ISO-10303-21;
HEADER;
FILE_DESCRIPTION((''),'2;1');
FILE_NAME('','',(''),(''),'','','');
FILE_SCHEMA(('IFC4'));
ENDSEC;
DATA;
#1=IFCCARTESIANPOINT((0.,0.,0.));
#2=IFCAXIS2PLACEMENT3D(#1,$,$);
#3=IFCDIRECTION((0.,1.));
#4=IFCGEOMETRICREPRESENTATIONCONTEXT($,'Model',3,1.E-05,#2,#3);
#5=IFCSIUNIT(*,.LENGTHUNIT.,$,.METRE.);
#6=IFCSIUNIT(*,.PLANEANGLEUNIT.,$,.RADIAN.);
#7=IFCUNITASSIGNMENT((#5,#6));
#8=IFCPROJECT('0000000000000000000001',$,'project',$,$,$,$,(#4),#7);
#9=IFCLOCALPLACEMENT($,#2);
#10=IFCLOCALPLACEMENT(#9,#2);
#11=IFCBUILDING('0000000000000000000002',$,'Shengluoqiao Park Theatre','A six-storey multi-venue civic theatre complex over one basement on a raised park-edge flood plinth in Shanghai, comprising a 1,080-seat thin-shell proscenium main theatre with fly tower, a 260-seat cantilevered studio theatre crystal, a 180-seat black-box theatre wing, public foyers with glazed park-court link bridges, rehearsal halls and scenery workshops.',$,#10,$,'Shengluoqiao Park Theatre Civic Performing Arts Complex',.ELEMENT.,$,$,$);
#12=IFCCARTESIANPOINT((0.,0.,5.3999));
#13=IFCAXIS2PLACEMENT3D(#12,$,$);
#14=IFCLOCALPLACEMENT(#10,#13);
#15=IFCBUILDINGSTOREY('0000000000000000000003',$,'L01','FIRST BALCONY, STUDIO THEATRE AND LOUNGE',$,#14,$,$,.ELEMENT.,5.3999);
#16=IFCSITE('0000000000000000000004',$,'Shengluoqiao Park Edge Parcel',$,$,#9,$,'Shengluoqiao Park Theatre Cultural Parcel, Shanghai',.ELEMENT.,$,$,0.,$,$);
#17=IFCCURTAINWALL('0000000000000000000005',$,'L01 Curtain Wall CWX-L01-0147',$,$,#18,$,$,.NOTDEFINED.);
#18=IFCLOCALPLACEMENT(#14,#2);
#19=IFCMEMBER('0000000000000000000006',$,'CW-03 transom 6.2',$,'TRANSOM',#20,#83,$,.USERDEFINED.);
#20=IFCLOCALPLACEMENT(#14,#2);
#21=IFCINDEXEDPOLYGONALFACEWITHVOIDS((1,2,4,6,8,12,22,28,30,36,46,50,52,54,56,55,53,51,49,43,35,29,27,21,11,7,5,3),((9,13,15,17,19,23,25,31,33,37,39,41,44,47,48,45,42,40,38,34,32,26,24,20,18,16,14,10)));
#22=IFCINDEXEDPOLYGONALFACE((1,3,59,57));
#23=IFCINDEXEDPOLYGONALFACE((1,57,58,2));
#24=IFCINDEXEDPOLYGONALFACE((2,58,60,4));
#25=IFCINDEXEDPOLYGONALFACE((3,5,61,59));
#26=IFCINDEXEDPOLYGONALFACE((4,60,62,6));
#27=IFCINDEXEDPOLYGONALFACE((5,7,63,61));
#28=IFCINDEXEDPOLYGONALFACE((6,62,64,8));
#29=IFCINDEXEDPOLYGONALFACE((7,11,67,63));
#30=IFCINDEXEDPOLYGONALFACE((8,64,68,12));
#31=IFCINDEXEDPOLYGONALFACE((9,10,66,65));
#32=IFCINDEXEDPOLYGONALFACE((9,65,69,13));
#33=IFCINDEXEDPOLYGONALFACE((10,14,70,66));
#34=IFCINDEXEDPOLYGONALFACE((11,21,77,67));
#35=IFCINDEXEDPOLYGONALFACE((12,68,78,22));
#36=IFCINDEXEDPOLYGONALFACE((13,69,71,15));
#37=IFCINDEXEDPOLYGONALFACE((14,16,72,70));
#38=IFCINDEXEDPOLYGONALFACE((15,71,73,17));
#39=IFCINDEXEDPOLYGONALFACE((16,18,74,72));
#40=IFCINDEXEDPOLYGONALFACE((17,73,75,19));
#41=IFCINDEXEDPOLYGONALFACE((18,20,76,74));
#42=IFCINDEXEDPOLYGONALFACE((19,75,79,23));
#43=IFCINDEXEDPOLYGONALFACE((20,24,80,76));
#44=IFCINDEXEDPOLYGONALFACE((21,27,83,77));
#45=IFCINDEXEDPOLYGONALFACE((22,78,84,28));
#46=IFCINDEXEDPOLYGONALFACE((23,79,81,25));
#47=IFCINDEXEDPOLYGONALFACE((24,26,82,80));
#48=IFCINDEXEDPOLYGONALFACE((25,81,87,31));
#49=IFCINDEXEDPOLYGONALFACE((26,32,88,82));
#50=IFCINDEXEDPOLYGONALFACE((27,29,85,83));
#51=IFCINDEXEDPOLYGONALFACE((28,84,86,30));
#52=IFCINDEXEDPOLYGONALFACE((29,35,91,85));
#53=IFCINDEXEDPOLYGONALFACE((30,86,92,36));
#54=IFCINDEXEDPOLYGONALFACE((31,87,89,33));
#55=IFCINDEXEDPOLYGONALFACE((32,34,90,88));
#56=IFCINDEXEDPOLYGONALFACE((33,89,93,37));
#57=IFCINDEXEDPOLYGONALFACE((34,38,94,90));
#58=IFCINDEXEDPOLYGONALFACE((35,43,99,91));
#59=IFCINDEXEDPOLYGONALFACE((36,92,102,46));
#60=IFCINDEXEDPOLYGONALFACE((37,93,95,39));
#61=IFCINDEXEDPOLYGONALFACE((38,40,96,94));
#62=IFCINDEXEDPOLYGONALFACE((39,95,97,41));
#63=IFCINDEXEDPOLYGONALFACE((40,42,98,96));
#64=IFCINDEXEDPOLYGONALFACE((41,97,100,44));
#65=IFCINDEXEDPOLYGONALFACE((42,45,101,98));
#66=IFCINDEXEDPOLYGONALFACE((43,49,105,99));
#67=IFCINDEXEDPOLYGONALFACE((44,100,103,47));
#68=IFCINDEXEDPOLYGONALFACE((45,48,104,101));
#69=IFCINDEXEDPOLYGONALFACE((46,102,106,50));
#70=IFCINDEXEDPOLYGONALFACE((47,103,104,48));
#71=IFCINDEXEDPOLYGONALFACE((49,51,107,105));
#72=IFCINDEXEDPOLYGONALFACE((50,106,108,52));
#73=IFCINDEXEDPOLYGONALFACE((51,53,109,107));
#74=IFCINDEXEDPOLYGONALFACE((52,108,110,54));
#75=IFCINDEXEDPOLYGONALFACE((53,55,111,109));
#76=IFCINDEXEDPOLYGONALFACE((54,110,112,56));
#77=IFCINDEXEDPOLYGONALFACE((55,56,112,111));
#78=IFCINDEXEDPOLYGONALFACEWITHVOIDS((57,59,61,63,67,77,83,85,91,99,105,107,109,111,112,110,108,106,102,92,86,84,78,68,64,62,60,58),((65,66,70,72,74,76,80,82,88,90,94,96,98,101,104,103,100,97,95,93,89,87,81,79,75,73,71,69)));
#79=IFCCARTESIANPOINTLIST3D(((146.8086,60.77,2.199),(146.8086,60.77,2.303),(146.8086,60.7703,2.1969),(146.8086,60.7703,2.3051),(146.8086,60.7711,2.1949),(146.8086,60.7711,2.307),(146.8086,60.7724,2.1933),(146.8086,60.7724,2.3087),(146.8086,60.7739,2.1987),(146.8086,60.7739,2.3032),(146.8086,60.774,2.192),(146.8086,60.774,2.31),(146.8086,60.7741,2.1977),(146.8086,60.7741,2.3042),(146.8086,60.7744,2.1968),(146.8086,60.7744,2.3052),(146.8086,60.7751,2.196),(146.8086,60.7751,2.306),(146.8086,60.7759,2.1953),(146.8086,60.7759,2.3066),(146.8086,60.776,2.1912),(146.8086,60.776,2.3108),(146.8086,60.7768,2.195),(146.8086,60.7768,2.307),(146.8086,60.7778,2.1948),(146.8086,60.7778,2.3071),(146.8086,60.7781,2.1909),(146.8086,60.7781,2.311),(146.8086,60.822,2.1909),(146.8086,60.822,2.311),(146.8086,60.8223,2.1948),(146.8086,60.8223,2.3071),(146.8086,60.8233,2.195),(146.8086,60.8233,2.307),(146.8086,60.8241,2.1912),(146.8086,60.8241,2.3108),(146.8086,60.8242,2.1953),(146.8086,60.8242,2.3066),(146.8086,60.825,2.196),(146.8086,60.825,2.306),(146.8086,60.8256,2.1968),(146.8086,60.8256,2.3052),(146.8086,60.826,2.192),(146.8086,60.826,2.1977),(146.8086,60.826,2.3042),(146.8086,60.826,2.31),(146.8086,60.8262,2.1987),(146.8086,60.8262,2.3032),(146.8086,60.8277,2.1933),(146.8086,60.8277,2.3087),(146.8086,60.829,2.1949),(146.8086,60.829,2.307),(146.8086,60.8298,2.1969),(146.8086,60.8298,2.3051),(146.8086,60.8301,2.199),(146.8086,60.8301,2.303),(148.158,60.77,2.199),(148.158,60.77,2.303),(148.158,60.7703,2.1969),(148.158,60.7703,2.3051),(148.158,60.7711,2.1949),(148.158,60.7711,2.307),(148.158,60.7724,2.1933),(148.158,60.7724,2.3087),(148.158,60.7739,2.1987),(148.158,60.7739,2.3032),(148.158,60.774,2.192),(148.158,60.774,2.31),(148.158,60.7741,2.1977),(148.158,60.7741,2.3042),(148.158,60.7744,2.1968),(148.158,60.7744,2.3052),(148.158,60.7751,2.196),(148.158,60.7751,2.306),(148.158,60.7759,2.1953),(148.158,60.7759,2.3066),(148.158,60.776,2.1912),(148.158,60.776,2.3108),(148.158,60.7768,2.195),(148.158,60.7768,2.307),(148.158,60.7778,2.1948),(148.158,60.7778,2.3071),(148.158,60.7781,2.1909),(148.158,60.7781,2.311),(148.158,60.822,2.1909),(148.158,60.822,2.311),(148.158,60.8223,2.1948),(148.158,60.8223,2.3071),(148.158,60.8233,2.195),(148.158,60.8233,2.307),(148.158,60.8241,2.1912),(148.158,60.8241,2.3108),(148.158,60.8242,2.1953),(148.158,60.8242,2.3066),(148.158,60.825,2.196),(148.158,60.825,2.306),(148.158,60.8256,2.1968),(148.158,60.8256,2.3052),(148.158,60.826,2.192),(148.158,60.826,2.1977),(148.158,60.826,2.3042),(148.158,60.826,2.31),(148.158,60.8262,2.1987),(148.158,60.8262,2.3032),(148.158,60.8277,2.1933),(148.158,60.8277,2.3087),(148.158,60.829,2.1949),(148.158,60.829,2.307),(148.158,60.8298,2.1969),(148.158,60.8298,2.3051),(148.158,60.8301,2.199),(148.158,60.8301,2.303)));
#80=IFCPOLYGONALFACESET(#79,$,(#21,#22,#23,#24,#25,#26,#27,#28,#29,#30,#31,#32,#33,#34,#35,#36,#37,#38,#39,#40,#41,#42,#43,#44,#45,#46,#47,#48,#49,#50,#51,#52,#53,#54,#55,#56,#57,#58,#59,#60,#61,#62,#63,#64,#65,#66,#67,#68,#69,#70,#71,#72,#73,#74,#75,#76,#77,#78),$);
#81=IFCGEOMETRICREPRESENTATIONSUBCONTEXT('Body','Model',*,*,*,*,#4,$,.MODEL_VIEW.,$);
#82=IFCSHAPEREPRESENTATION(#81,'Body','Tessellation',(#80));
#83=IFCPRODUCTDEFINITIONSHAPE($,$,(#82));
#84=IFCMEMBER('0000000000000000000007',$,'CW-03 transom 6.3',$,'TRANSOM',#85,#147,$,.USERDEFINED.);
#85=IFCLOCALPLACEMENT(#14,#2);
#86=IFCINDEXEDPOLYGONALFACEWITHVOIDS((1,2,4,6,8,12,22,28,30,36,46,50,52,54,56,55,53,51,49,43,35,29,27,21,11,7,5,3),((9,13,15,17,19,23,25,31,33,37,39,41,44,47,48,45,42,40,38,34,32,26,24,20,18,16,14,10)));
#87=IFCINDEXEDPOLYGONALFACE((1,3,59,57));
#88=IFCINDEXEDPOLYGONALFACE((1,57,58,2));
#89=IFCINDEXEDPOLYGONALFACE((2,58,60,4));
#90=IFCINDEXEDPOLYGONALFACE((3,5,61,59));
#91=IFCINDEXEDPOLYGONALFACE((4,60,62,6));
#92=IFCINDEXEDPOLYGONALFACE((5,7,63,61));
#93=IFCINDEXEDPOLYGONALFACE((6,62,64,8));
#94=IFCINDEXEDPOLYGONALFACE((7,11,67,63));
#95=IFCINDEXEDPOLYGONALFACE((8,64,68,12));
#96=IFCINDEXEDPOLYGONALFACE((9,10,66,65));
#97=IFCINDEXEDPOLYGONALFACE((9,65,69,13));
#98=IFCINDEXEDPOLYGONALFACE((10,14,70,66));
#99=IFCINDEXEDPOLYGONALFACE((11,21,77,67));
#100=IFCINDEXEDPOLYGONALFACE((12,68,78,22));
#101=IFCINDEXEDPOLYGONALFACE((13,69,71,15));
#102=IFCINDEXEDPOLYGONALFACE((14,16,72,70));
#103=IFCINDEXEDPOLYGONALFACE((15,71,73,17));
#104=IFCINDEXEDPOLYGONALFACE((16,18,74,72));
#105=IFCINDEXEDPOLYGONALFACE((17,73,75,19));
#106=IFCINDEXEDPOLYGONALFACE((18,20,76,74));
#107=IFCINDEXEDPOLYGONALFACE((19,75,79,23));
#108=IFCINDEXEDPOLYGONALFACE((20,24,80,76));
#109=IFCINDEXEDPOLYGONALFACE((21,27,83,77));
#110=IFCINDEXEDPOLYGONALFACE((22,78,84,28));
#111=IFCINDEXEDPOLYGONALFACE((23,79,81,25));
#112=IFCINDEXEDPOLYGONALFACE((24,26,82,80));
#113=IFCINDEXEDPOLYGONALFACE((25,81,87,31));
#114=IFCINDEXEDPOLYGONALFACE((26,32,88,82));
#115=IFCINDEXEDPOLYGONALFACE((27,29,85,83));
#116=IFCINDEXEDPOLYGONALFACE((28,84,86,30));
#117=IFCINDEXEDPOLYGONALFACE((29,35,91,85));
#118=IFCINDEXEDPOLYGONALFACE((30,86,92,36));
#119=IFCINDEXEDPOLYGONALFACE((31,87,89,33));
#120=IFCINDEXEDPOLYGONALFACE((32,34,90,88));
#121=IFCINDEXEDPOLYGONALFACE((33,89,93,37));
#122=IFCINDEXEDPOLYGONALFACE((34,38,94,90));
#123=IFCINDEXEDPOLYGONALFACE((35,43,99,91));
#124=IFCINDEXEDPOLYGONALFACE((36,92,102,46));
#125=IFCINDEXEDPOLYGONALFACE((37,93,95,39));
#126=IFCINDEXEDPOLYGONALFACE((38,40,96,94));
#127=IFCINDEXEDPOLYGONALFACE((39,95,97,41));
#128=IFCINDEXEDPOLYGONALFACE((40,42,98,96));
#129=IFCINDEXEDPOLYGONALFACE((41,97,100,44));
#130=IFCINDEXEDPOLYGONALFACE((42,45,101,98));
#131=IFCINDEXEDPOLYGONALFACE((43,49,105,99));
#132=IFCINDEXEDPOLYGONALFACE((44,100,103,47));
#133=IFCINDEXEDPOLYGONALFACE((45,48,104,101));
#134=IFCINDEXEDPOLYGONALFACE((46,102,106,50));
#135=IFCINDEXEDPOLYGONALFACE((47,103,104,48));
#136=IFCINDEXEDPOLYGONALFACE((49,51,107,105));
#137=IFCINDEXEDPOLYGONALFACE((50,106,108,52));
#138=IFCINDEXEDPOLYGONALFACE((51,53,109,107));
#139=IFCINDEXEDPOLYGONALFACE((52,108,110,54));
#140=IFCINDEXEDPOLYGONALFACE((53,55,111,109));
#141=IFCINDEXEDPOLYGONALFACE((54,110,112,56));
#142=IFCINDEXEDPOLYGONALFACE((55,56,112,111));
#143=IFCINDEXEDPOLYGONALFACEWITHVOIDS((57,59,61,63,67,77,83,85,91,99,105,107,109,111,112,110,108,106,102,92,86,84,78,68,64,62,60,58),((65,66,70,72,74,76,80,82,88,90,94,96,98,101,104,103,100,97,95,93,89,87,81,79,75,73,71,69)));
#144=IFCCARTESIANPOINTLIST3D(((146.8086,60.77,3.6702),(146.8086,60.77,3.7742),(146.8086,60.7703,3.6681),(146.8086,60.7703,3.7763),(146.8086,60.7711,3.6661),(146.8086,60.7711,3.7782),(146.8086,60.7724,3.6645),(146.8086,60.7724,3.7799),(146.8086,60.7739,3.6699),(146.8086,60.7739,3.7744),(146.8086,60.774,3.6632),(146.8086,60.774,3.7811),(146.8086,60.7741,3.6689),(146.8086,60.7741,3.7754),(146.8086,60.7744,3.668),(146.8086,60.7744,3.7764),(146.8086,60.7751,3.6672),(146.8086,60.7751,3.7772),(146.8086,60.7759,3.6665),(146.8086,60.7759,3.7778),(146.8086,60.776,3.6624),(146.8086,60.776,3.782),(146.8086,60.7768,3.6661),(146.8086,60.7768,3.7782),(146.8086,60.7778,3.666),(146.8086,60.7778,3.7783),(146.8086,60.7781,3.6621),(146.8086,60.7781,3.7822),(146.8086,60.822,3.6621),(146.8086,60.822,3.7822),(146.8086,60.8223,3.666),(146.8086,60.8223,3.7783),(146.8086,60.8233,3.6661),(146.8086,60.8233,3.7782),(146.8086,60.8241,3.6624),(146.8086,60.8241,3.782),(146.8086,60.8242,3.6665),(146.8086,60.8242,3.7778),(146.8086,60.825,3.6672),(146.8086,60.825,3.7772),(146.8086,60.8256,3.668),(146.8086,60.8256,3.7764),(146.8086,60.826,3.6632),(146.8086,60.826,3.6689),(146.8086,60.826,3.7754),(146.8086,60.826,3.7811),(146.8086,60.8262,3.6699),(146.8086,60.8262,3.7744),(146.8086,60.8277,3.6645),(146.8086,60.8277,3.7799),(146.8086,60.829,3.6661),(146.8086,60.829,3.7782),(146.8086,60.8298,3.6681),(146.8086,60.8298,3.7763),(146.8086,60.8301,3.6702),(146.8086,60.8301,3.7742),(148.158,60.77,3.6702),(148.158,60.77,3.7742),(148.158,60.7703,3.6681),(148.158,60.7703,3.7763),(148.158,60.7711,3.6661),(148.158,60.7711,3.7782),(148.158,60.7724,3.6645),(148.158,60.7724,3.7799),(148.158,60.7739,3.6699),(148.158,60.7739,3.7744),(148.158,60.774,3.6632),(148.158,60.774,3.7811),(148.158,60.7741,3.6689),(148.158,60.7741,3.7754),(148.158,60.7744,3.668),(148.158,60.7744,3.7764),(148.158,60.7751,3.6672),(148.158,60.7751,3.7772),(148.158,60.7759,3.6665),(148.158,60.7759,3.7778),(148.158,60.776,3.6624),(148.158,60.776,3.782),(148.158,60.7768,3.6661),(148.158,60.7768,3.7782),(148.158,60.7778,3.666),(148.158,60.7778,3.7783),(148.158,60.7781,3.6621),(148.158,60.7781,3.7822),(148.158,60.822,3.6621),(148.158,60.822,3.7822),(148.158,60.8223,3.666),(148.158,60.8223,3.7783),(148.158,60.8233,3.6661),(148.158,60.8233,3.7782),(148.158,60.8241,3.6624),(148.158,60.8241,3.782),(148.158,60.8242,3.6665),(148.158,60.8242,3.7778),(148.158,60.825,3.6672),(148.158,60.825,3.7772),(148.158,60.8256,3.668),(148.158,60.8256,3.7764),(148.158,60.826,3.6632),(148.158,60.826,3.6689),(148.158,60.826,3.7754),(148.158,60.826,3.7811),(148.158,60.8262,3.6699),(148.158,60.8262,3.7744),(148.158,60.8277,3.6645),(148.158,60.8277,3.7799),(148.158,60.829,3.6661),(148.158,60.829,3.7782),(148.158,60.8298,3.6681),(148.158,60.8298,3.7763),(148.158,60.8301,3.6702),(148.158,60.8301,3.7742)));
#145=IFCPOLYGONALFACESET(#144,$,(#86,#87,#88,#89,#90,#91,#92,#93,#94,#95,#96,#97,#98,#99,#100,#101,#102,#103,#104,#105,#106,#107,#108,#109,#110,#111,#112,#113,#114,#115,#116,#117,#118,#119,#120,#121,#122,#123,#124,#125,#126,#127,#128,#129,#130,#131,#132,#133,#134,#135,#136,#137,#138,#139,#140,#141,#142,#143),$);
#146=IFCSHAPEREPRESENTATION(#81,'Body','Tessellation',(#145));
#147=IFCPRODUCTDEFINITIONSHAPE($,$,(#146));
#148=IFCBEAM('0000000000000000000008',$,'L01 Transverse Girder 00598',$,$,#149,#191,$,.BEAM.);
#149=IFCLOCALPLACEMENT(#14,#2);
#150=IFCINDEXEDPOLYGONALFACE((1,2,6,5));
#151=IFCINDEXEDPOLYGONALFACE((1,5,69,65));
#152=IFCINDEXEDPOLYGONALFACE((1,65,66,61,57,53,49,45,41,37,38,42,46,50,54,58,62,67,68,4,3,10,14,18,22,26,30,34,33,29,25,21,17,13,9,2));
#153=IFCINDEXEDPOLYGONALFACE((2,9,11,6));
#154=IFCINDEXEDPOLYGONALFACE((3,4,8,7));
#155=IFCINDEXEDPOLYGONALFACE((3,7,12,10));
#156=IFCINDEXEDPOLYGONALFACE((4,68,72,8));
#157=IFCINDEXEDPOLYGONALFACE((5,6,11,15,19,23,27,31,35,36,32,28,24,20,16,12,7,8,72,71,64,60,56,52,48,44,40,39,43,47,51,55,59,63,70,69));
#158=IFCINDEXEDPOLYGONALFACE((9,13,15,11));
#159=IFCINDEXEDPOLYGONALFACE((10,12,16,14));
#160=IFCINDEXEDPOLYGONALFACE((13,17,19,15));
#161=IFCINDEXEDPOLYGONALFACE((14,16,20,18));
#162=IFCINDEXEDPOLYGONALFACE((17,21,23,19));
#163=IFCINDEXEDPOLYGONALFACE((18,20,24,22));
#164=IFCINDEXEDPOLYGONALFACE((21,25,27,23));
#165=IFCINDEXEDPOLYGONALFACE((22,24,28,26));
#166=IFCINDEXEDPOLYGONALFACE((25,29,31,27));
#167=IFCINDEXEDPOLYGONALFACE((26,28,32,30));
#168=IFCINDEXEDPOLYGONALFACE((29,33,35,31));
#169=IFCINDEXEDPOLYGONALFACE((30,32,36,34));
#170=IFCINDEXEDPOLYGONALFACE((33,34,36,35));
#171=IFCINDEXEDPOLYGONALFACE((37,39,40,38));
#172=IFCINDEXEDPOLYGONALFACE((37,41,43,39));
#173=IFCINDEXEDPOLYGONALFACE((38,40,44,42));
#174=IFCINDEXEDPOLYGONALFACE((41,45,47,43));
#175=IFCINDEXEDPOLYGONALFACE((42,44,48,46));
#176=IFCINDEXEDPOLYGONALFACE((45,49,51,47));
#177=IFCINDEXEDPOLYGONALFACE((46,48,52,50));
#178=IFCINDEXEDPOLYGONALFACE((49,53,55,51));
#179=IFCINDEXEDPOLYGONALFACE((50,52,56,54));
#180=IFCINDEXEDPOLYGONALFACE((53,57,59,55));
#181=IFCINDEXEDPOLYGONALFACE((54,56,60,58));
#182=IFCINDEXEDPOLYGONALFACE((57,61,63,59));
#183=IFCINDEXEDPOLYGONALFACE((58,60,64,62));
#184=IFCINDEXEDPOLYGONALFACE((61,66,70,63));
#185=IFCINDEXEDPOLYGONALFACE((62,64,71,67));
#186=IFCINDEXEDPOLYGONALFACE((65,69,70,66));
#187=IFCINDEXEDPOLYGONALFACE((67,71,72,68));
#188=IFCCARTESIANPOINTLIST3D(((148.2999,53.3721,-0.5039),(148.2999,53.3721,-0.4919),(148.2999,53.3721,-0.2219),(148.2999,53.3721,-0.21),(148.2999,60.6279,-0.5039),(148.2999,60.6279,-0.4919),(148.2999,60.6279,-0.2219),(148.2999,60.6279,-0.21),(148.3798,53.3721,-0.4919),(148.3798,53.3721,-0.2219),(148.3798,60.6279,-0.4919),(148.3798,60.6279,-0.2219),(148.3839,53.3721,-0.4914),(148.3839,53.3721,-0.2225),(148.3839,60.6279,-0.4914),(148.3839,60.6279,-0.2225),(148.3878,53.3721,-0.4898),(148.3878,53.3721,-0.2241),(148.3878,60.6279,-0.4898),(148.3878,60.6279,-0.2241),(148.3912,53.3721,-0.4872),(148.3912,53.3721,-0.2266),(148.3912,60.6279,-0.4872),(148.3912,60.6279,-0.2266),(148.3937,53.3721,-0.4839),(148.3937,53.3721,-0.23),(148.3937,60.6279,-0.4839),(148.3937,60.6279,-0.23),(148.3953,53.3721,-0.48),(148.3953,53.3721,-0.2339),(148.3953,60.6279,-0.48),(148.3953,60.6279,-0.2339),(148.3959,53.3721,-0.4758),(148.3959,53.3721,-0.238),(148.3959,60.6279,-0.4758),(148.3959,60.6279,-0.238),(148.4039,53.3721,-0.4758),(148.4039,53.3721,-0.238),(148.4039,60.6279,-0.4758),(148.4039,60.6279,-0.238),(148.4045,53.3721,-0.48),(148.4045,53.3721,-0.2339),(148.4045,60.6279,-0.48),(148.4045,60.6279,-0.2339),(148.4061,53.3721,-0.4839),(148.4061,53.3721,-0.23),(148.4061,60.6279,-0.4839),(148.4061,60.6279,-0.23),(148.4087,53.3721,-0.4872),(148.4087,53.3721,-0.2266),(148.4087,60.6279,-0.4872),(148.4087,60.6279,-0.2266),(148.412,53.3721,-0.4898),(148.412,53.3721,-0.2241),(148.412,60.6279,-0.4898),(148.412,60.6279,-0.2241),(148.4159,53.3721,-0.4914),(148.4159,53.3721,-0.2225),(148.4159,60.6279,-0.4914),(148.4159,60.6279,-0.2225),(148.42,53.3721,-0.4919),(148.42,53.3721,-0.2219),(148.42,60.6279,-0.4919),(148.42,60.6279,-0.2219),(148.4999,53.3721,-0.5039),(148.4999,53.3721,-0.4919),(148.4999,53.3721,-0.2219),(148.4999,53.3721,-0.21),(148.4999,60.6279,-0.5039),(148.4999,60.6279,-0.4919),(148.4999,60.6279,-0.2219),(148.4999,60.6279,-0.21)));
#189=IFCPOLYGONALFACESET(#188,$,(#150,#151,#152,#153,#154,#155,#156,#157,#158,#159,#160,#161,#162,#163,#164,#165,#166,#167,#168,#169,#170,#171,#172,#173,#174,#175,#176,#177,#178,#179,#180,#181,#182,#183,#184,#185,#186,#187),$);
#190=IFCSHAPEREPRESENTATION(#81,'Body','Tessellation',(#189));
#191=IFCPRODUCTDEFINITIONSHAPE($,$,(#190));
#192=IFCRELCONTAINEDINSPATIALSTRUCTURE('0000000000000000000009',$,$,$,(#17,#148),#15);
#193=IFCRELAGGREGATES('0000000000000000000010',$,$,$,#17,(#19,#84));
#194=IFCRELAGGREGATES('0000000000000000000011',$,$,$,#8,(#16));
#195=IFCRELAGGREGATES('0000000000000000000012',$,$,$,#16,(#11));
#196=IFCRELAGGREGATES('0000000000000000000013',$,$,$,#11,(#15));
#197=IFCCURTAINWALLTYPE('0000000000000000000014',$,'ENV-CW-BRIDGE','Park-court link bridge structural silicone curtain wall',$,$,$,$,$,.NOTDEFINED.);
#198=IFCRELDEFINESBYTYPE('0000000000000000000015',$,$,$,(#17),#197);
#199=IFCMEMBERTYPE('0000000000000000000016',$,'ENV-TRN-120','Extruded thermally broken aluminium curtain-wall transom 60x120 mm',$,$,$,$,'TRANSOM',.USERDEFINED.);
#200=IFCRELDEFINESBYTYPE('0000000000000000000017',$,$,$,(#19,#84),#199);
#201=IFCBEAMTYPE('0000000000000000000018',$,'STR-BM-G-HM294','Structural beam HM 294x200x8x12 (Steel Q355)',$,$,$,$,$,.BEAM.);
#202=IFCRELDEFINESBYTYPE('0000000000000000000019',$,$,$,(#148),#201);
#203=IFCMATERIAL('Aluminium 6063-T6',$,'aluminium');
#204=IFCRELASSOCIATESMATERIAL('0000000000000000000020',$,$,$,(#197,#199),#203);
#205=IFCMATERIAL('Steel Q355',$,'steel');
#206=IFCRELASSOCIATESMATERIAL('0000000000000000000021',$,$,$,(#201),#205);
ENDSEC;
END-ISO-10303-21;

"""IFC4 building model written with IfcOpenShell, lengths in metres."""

from ifc_helpers import new_model, si_unit, direction, frame, origin, origin_2d, place, context, subcontext, project, spatial, hollow_rectangle, i_section, extrude, material, material_profile, profile_set, type_object, element, aggregate, save


model = new_model("IFC4")

# Units and contexts
model_context = context("Model", 3, precision=1e-05, world=origin(), true_north=direction((0.0, 1.0)))
body_context = subcontext(model_context, "Body", "Model", "MODEL_VIEW")
ifc_project = project(units=[si_unit("LENGTHUNIT", "METRE"), si_unit("PLANEANGLEUNIT", "RADIAN")], contexts=[model_context])

# Site, building, storey
site_placement = place(None, origin())
site = spatial("IfcSite", under=ifc_project, at=site_placement, Name="Shengluoqiao Park Edge Parcel", LongName="Shengluoqiao Park Theatre Cultural Parcel, Shanghai", CompositionType="ELEMENT", RefElevation=0.0)
building_placement = place(site_placement, origin())
building = spatial("IfcBuilding", under=site, at=building_placement, Name="Shengluoqiao Park Theatre", Description="A six-storey multi-venue civic theatre complex over one basement on a raised park-edge flood plinth in Shanghai, comprising a 1,080-seat thin-shell proscenium main theatre with fly tower, a 260-seat cantilevered studio theatre crystal, a 180-seat black-box theatre wing, public foyers with glazed park-court link bridges, rehearsal halls and scenery workshops.", LongName="Shengluoqiao Park Theatre Civic Performing Arts Complex", CompositionType="ELEMENT")
storey_placement = place(building_placement, frame((0.0, 0.0, 5.3999)))
storey = spatial("IfcBuildingStorey", under=building, at=storey_placement, Name="L01", Description="FIRST BALCONY, STUDIO THEATRE AND LOUNGE", CompositionType="ELEMENT", Elevation=5.3999)

# Shared definitions
ifc_material_1 = material(Name="Steel Q355", Category="steel")

# Curtain wall
ifc_material_2 = material(Name="Aluminium 6063-T6", Category="aluminium")
curtain_wall_type = type_object("IfcCurtainWallType", Name="ENV-CW-BRIDGE", Description="Park-court link bridge structural silicone curtain wall", PredefinedType="NOTDEFINED", material=ifc_material_2)
curtain_wall_1_placement = place(storey_placement, origin())
curtain_wall_1 = element("IfcCurtainWall", 1, at=curtain_wall_1_placement, inside=storey, type_object=curtain_wall_type, Name="L01 Curtain Wall CWX-L01-0147", PredefinedType="NOTDEFINED")

# Members
ifc_material_profile_1 = material_profile(ifc_material_2, hollow_rectangle(XDim=0.0601, YDim=0.1201, WallThickness=0.0039, InnerFilletRadius=0.0039, OuterFilletRadius=0.0081, at=origin_2d()), Name="ALU TRANSOM 120x60x4")
ifc_profile_set_1 = profile_set([ifc_material_profile_1], Name="Aluminium 6063-T6")
member_type_1 = type_object("IfcMemberType", Name="ENV-TRN-120", Description="Extruded thermally broken aluminium curtain-wall transom 60x120 mm", ElementType="TRANSOM", PredefinedType="USERDEFINED", material=ifc_profile_set_1)
member_1_placement = place(storey_placement, frame((146.8086, 60.8, 2.251), z_axis=(1.0, 0.0, 0.0), x_axis=(0.0, 1.0, 0.0)))
member_1 = element("IfcMember", 2, at=member_1_placement, type_object=member_type_1, Name="CW-03 transom 6.2", ObjectType="TRANSOM", PredefinedType="USERDEFINED", context=body_context, shape_type="SweptSolid", body=[
    extrude(hollow_rectangle(XDim=0.0601, YDim=0.1201, WallThickness=0.0039, InnerFilletRadius=0.0039, OuterFilletRadius=0.0081, at=origin_2d()), origin(), (0.0, 0.0, 1.0), 1.3494),
])
member_2_placement = place(storey_placement, frame((146.8086, 60.8, 3.7222), z_axis=(1.0, 0.0, 0.0), x_axis=(0.0, 1.0, 0.0)))
member_2 = element("IfcMember", 3, at=member_2_placement, type_object=member_type_1, Name="CW-03 transom 6.3", ObjectType="TRANSOM", PredefinedType="USERDEFINED", context=body_context, shape_type="SweptSolid", body=[
    extrude(hollow_rectangle(XDim=0.0601, YDim=0.1201, WallThickness=0.0039, InnerFilletRadius=0.0039, OuterFilletRadius=0.0081, at=origin_2d()), origin(), (0.0, 0.0, 1.0), 1.3494),
])

# Beam
ifc_material_profile_2 = material_profile(ifc_material_1, i_section(OverallWidth=0.2, OverallDepth=0.2939, WebThickness=0.0081, FlangeThickness=0.012, FilletRadius=0.0161, at=origin_2d()), Name="HM 294x200x8x12")
ifc_profile_set_2 = profile_set([ifc_material_profile_2], Name="Steel Q355")
beam_type_1 = type_object("IfcBeamType", Name="STR-BM-G-HM294", Description="Structural beam HM 294x200x8x12 (Steel Q355)", PredefinedType="BEAM", material=ifc_profile_set_2)
beam_1_placement = place(storey_placement, frame((148.3999, 53.3721, -0.3569), z_axis=(0.0, 1.0, 0.0), x_axis=(-1.0, 0.0, 0.0)))
element("IfcBeam", 4, at=beam_1_placement, inside=storey, type_object=beam_type_1, Name="L01 Transverse Girder 00598", PredefinedType="BEAM", context=body_context, shape_type="SweptSolid", body=[
    extrude(i_section(OverallWidth=0.2, OverallDepth=0.2939, WebThickness=0.0081, FlangeThickness=0.012, FilletRadius=0.0161, at=origin_2d()), origin(), (0.0, 0.0, 1.0), 7.2559),
])

aggregate(curtain_wall_1, [member_1, member_2])

save(model, "model.ifc")
